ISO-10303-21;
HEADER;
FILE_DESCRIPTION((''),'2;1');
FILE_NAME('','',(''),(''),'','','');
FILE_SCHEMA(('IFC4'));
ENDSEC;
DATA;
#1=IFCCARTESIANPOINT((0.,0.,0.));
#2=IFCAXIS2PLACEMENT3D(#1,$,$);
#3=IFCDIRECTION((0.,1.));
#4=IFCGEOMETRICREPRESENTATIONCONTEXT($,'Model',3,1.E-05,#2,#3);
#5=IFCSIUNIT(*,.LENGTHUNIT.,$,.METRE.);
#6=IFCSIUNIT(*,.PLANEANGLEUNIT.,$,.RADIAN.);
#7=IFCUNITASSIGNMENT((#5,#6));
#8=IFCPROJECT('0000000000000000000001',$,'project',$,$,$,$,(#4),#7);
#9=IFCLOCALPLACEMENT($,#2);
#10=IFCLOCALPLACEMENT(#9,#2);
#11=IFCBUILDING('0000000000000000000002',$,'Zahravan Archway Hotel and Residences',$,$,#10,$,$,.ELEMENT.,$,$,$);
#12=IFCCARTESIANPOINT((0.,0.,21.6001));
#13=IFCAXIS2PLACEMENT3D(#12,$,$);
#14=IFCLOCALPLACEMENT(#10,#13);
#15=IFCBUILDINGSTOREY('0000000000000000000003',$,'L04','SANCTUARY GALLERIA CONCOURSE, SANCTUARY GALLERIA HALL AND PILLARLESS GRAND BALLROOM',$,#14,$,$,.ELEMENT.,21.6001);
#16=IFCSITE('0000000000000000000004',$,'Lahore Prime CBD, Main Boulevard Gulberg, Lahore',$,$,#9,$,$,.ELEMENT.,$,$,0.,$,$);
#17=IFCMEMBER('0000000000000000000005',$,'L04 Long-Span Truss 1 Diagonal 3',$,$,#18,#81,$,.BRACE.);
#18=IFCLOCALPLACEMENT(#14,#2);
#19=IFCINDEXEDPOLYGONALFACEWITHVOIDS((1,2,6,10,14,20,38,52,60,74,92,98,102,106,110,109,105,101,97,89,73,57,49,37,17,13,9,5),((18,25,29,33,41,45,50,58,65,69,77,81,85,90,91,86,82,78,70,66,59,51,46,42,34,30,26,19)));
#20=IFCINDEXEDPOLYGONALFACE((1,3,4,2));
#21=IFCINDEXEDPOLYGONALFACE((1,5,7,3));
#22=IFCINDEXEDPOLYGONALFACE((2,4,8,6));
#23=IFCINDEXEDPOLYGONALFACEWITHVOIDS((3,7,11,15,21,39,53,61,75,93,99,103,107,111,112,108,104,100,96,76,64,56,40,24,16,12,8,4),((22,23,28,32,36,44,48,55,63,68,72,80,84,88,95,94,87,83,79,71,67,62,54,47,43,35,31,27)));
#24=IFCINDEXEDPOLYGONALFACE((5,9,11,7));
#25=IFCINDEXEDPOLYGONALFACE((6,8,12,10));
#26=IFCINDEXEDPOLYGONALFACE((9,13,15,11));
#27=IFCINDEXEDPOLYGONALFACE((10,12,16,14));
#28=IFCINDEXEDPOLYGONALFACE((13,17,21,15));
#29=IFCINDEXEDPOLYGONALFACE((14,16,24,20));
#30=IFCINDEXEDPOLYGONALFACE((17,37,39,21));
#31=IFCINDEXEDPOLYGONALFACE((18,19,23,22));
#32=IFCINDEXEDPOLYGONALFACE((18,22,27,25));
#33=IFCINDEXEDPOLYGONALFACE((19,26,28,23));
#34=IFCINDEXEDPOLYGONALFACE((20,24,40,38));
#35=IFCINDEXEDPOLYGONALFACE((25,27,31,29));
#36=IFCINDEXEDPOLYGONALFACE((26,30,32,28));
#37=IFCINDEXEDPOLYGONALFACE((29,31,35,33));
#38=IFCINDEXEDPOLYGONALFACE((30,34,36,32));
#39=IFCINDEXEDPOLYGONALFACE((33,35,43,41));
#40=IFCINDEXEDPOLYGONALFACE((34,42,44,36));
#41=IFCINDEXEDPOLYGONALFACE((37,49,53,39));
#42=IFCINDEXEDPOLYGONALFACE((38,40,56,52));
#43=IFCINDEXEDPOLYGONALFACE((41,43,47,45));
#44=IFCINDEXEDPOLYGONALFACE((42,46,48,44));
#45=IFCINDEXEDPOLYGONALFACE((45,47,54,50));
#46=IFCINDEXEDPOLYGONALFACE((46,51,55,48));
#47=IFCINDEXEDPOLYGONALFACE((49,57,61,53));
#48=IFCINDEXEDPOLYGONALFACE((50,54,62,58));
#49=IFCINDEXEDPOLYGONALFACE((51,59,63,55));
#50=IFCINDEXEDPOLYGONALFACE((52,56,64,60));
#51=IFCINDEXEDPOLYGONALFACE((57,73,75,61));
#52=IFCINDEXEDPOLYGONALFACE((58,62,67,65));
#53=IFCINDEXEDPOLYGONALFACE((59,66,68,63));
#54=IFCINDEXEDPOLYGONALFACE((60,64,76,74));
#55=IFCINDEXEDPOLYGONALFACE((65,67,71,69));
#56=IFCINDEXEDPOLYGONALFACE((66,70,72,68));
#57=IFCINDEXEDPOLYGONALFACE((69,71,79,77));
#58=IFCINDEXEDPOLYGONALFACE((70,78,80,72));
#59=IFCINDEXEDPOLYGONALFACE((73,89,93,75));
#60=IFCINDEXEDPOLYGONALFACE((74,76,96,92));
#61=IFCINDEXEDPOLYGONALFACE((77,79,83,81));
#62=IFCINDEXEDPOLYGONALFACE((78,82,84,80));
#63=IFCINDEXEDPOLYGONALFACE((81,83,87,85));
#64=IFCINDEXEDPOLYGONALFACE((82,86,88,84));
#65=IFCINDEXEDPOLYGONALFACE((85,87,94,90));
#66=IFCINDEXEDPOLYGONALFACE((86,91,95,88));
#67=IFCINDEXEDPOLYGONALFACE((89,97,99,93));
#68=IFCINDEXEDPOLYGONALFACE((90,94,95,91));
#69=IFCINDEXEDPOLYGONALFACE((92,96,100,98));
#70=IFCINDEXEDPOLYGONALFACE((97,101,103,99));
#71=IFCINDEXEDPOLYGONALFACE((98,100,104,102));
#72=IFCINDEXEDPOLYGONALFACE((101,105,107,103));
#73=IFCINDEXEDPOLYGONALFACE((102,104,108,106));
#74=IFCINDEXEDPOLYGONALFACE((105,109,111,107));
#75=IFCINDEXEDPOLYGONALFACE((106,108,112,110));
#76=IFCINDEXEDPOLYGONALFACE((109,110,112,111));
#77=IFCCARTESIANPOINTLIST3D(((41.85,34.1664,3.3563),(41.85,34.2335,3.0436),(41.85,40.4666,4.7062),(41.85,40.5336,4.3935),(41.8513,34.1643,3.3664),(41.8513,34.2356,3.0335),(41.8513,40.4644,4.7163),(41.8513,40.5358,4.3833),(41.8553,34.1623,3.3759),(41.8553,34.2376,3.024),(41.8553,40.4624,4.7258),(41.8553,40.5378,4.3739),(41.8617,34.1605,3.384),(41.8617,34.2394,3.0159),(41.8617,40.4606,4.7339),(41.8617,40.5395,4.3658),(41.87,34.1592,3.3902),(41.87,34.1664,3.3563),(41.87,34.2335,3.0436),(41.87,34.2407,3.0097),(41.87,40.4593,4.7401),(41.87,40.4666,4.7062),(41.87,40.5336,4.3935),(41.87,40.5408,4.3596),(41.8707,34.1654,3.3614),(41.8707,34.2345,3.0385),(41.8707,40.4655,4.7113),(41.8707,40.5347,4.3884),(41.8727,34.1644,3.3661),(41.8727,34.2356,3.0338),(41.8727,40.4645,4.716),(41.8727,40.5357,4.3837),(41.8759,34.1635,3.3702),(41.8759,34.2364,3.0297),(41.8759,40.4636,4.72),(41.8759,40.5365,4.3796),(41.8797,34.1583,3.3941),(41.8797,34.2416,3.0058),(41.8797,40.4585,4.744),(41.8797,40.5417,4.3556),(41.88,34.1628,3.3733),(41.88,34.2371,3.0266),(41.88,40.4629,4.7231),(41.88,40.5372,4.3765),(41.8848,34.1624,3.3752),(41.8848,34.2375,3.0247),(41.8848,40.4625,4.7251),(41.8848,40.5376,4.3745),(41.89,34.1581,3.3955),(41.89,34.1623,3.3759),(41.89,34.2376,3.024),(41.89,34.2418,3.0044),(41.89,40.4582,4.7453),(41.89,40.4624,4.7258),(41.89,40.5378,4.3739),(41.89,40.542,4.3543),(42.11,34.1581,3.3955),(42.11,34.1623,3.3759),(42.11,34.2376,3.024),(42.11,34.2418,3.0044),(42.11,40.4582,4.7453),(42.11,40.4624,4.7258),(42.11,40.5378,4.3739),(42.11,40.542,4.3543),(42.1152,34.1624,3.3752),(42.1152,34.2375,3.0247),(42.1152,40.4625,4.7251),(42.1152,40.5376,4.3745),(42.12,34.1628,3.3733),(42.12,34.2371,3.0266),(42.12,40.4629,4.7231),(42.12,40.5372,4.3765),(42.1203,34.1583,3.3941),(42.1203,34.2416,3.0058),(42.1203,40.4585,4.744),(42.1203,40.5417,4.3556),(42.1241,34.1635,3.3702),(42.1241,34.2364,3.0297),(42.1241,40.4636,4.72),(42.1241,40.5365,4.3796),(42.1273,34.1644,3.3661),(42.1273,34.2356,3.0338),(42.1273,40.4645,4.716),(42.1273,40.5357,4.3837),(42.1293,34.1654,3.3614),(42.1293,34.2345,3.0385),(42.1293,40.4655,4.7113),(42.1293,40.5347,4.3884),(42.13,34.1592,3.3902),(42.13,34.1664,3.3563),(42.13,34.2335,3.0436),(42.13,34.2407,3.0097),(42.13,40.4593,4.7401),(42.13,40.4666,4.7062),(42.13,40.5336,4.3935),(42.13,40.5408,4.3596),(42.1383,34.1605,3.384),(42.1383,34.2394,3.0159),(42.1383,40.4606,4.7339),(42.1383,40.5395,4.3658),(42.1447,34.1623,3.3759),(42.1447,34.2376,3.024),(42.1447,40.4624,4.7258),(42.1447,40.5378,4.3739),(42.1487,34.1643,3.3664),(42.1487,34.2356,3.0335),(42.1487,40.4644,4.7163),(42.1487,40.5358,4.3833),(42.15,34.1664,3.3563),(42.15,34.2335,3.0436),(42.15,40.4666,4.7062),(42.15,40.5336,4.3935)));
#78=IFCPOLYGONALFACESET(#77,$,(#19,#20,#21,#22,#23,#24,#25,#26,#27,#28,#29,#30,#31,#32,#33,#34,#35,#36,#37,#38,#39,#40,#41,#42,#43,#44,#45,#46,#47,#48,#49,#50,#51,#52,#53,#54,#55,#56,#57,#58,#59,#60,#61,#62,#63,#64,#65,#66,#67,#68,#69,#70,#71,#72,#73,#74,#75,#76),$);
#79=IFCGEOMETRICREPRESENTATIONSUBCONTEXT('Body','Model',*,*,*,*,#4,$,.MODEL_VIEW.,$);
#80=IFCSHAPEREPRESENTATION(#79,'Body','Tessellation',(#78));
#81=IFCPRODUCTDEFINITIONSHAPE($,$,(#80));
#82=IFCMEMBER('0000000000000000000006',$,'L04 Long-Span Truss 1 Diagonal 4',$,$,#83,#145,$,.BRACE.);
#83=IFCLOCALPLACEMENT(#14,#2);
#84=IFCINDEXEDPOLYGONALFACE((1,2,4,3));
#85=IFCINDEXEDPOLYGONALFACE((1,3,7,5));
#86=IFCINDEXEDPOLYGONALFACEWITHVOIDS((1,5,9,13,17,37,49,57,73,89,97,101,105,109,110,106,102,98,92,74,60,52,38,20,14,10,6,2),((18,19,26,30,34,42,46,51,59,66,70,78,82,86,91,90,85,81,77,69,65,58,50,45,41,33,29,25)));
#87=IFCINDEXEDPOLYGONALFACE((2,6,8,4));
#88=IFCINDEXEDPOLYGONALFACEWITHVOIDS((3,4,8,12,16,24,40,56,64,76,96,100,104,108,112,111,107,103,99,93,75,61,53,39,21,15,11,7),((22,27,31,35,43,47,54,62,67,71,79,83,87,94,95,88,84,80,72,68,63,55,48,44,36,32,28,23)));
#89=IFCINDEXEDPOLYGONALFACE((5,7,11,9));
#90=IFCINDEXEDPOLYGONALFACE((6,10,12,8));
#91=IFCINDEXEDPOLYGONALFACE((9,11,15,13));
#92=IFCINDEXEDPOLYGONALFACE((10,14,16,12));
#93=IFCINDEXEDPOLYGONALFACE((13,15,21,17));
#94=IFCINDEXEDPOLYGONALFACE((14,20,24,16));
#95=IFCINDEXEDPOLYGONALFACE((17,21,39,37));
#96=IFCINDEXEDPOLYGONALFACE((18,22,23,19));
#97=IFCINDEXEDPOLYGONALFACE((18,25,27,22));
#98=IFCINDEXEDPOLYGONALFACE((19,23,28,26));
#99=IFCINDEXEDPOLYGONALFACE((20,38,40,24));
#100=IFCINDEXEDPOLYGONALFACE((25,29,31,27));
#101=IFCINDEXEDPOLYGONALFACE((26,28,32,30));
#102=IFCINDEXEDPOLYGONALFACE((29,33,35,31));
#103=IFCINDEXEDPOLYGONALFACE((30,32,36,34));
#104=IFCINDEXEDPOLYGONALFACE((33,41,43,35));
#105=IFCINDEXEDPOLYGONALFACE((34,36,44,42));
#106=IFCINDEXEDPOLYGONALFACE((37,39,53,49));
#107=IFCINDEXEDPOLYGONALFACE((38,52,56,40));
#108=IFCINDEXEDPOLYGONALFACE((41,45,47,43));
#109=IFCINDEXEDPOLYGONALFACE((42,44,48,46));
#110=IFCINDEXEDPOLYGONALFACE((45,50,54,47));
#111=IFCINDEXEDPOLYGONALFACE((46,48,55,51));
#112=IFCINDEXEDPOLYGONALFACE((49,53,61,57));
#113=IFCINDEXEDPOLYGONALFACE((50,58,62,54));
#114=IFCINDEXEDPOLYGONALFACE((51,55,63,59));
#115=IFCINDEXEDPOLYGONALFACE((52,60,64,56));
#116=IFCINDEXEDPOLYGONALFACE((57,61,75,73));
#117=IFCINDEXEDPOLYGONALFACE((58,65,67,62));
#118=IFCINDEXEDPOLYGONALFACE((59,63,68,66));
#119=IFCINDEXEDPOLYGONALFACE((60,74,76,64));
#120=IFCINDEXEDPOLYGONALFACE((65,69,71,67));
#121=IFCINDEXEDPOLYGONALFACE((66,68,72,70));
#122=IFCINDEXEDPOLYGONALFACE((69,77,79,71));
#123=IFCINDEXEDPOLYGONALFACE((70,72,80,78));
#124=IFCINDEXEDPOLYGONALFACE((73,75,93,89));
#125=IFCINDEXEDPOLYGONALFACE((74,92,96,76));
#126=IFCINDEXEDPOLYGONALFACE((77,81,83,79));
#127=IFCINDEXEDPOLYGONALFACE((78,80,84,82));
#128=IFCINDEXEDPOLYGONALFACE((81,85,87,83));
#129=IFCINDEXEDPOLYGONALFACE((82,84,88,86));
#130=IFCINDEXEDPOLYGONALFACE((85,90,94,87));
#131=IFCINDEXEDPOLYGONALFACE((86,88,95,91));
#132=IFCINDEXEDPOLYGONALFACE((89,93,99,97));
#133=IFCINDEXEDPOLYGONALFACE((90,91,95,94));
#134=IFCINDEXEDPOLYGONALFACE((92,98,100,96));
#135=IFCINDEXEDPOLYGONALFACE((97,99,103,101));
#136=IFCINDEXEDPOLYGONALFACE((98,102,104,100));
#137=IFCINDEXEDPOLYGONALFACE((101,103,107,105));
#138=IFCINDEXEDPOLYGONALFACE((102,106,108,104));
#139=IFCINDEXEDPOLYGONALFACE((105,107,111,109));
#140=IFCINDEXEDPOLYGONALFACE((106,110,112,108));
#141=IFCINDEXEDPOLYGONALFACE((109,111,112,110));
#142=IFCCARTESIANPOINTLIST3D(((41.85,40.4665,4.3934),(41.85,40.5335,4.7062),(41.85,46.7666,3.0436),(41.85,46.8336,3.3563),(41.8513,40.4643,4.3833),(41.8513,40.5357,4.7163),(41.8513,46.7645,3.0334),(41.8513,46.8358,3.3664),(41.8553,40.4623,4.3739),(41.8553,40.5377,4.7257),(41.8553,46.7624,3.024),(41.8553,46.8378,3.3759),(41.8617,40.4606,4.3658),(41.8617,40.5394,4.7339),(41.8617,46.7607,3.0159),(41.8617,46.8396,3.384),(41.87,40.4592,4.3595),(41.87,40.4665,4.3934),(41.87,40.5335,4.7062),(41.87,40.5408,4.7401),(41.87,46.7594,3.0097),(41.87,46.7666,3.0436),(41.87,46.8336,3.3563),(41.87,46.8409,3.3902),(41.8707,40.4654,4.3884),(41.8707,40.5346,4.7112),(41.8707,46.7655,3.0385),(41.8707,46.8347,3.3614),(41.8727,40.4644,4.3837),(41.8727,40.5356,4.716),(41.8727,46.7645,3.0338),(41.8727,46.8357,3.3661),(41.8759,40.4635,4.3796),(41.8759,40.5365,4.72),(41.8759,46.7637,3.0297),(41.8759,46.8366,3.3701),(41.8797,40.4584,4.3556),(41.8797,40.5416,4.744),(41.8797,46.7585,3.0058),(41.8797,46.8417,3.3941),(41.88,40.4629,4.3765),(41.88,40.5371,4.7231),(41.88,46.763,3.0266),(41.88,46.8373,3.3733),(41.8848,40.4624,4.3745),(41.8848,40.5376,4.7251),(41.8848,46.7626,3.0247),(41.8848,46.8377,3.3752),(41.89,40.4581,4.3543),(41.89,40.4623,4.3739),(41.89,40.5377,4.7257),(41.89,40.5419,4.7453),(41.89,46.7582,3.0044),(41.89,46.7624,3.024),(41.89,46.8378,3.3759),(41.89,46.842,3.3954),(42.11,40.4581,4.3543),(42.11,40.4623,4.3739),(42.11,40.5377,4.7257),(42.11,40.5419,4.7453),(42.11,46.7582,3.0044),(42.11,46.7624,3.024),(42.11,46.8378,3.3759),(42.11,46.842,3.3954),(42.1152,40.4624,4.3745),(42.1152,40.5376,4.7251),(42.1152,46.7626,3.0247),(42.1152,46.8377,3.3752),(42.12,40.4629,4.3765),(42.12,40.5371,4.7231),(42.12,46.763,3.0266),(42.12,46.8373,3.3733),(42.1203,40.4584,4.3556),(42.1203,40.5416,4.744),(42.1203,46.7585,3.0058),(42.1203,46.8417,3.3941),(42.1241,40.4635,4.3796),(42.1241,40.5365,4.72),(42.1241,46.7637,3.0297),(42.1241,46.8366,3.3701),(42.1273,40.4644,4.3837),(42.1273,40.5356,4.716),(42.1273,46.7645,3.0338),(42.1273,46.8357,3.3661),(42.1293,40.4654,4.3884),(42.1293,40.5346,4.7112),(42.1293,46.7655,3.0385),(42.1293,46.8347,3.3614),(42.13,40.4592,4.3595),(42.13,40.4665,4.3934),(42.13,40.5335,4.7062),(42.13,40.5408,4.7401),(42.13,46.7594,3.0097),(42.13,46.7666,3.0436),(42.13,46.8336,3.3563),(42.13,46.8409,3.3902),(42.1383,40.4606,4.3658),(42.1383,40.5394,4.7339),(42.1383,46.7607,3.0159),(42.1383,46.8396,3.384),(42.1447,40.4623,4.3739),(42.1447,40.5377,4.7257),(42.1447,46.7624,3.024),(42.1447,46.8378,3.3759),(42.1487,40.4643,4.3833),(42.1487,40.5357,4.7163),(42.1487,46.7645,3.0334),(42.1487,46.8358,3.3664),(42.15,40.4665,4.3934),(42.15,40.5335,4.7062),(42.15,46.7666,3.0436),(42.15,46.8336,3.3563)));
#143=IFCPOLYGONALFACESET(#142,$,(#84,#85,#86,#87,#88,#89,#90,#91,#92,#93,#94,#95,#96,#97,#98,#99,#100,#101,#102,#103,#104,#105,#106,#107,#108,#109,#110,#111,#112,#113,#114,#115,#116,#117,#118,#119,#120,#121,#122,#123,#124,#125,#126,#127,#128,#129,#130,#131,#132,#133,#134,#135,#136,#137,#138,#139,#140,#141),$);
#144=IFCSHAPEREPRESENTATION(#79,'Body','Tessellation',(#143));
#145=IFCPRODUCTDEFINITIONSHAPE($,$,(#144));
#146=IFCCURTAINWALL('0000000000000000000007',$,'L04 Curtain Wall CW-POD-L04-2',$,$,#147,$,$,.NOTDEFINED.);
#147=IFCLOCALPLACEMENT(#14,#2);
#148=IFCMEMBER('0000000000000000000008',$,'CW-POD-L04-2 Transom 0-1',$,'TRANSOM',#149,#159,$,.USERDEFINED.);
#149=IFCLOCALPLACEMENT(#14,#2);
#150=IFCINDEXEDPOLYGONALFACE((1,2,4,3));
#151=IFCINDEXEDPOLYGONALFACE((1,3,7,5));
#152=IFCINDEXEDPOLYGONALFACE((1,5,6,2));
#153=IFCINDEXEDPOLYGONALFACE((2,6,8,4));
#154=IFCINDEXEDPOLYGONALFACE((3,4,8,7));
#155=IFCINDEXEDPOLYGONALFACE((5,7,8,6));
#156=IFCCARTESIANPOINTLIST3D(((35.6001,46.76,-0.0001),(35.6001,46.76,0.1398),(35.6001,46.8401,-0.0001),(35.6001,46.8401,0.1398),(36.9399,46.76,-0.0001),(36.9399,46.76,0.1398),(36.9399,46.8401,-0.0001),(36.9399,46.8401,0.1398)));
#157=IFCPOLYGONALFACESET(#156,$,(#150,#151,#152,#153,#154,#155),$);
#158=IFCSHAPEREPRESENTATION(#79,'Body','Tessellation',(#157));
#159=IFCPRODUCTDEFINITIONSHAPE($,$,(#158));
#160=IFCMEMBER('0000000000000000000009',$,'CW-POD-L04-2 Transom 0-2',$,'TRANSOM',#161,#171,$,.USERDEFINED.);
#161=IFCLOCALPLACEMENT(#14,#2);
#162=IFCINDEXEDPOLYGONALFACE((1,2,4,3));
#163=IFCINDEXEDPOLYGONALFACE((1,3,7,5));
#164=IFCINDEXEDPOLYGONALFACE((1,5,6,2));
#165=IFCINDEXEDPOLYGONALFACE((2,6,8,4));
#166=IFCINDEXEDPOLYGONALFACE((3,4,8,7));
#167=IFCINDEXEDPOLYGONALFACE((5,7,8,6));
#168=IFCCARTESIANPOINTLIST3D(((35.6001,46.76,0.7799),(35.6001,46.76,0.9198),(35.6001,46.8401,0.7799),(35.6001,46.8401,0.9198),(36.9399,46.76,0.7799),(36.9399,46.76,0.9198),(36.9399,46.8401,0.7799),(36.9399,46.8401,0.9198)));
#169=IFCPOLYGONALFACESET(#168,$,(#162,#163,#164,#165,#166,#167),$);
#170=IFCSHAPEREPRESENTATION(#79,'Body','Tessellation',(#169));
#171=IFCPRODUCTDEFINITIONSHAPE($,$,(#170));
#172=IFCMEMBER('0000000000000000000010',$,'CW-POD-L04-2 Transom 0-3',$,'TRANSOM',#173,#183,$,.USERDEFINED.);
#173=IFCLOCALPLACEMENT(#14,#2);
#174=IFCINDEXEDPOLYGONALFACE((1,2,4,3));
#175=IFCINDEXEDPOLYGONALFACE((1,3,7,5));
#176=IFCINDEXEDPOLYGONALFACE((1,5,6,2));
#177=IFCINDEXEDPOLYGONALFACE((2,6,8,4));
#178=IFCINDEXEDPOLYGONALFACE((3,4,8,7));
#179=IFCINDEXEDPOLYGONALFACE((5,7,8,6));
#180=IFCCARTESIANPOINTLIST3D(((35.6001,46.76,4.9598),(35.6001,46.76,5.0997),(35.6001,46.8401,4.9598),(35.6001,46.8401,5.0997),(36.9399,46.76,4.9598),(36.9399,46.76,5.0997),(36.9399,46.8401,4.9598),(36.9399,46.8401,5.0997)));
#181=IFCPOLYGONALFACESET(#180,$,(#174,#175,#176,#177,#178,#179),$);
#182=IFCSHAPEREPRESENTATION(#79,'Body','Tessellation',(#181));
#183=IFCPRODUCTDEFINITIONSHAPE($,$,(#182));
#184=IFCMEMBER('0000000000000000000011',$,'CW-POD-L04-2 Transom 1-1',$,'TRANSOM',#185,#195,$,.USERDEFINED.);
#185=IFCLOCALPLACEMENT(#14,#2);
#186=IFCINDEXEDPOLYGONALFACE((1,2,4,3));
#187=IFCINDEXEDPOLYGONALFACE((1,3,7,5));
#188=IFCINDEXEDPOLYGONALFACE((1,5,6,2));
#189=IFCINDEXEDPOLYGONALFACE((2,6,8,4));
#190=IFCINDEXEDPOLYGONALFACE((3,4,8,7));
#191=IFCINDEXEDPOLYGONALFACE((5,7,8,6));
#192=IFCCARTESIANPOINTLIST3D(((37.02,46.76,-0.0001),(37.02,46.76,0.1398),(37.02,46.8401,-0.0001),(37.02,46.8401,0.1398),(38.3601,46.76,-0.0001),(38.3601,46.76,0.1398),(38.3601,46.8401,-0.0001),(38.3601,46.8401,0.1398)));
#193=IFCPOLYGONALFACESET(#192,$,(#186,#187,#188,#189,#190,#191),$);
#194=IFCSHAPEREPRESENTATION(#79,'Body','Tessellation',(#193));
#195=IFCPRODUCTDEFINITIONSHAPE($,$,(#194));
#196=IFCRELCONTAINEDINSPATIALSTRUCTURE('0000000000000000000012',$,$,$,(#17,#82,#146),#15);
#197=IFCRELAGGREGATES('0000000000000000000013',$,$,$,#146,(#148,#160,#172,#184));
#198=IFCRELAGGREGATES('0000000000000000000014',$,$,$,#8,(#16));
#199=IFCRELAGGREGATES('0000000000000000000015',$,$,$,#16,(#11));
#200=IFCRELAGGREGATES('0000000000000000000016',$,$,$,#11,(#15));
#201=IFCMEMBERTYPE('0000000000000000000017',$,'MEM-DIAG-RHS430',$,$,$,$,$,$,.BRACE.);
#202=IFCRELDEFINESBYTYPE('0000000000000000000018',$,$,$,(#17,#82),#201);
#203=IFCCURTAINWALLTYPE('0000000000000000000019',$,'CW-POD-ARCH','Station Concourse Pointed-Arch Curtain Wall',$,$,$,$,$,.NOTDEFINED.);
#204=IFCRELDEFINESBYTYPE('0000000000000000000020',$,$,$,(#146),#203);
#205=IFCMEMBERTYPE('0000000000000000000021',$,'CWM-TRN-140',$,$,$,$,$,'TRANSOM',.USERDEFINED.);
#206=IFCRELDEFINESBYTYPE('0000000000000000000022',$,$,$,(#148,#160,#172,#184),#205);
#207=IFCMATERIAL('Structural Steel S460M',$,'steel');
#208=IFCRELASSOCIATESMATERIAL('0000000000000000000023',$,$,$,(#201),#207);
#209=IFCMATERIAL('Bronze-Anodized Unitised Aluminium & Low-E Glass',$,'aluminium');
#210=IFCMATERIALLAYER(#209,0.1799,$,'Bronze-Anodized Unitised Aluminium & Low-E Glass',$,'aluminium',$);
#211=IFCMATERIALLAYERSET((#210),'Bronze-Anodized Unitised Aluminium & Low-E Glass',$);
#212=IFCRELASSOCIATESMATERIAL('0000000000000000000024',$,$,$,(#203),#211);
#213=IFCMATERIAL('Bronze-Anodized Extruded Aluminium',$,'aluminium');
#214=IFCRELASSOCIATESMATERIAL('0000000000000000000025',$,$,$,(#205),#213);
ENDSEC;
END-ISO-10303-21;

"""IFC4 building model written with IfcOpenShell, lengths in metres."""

from ifc_helpers import new_model, si_unit, direction, frame, origin, origin_2d, place, context, subcontext, project, spatial, rectangle, hollow_rectangle, extrude, source, transform, mapped, material, layer, layer_set, material_profile, profile_set, type_object, element, aggregate, save


model = new_model("IFC4")

# Units and contexts
model_context = context("Model", 3, precision=1e-05, world=origin(), true_north=direction((0.0, 1.0)))
body_context = subcontext(model_context, "Body", "Model", "MODEL_VIEW")
ifc_project = project(units=[si_unit("LENGTHUNIT", "METRE"), si_unit("PLANEANGLEUNIT", "RADIAN")], contexts=[model_context])

# Site, building, storey
site_placement = place(None, origin())
site = spatial("IfcSite", under=ifc_project, at=site_placement, Name="Lahore Prime CBD, Main Boulevard Gulberg, Lahore", CompositionType="ELEMENT", RefElevation=0.0)
building_placement = place(site_placement, origin())
building = spatial("IfcBuilding", under=site, at=building_placement, Name="Zahravan Archway Hotel and Residences", CompositionType="ELEMENT")
storey_placement = place(building_placement, frame((0.0, 0.0, 21.6001)))
storey = spatial("IfcBuildingStorey", under=building, at=storey_placement, Name="L04", Description="SANCTUARY GALLERIA CONCOURSE, SANCTUARY GALLERIA HALL AND PILLARLESS GRAND BALLROOM", CompositionType="ELEMENT", Elevation=21.6001)

# Members
ifc_material_1 = material(Name="Structural Steel S460M", Category="steel")
ifc_material_profile_1 = material_profile(ifc_material_1, hollow_rectangle(XDim=0.3, YDim=0.3999, WallThickness=0.02, InnerFilletRadius=0.02, OuterFilletRadius=0.04, at=origin_2d()), Name="RHS 400x300x20", Category="steel")
ifc_profile_set_1 = profile_set([ifc_material_profile_1], Name="Structural Steel S460M")
member_type_1 = type_object("IfcMemberType", Name="MEM-DIAG-RHS430", PredefinedType="BRACE", material=ifc_profile_set_1)
shared_shape_1 = source(origin(), body_context, "Body", "SweptSolid", [
    extrude(hollow_rectangle(XDim=0.3, YDim=0.3999, WallThickness=0.02, InnerFilletRadius=0.02, OuterFilletRadius=0.04, at=origin_2d()), origin(), (0.0, 0.0, 1.0), 6.4431),
])
for number, where, z_axis, x_axis, name in (
    (1, (42.0, 34.2, 3.2), (0.0, 0.977807, 0.209506), (-1.0, 0.0, 0.0), "L04 Long-Span Truss 1 Diagonal 3"),
    (2, (42.0, 40.5, 4.5498), (0.0, 0.977807, -0.209506), (-1.0, 0.0, 0.0), "L04 Long-Span Truss 1 Diagonal 4"),
):
    element("IfcMember", number, at=place(storey_placement, frame(where, z_axis=z_axis, x_axis=x_axis)), inside=storey, type_object=member_type_1, Name=name, PredefinedType="BRACE", context=body_context, shape_type="MappedRepresentation", body=[
        mapped(shared_shape_1, transform((0.0, 0.0, 0.0), scale=1.0)),
    ])

# Curtain wall, members
ifc_material_2 = material(Name="Bronze-Anodized Unitised Aluminium & Low-E Glass", Category="aluminium")
ifc_layer_1 = layer(ifc_material_2, 0.1799, Name="Bronze-Anodized Unitised Aluminium & Low-E Glass", Category="aluminium")
ifc_layer_set_1 = layer_set([ifc_layer_1], Name="Bronze-Anodized Unitised Aluminium & Low-E Glass")
curtain_wall_type = type_object("IfcCurtainWallType", Name="CW-POD-ARCH", Description="Station Concourse Pointed-Arch Curtain Wall", PredefinedType="NOTDEFINED", material=ifc_layer_set_1)
curtain_wall_placement = place(storey_placement, origin())
curtain_wall = element("IfcCurtainWall", 3, at=curtain_wall_placement, inside=storey, type_object=curtain_wall_type, Name="L04 Curtain Wall CW-POD-L04-2", PredefinedType="NOTDEFINED")
ifc_material_3 = material(Name="Bronze-Anodized Extruded Aluminium", Category="aluminium")
ifc_material_profile_2 = material_profile(ifc_material_3, rectangle(XDim=0.0801, YDim=0.1399, at=origin_2d()), Name="TRN 80x140", Category="aluminium")
ifc_profile_set_2 = profile_set([ifc_material_profile_2], Name="Bronze-Anodized Extruded Aluminium")
member_type_2 = type_object("IfcMemberType", Name="CWM-TRN-140", ElementType="TRANSOM", PredefinedType="USERDEFINED", material=ifc_profile_set_2)
shared_shape_2 = source(origin(), body_context, "Body", "SweptSolid", [
    extrude(rectangle(XDim=0.0801, YDim=0.1399, at=origin_2d()), origin(), (0.0, 0.0, 1.0), 1.3398),
])
member_1_placement = place(storey_placement, frame((35.6001, 46.8, 0.0698), z_axis=(1.0, 0.0, 0.0), x_axis=(0.0, 1.0, 0.0)))
member_1 = element("IfcMember", 4, at=member_1_placement, type_object=member_type_2, Name="CW-POD-L04-2 Transom 0-1", ObjectType="TRANSOM", PredefinedType="USERDEFINED", context=body_context, shape_type="MappedRepresentation", body=[
    mapped(shared_shape_2, transform((0.0, 0.0, 0.0), scale=1.0)),
])
member_2_placement = place(storey_placement, frame((35.6001, 46.8, 0.8499), z_axis=(1.0, 0.0, 0.0), x_axis=(0.0, 1.0, 0.0)))
member_2 = element("IfcMember", 5, at=member_2_placement, type_object=member_type_2, Name="CW-POD-L04-2 Transom 0-2", ObjectType="TRANSOM", PredefinedType="USERDEFINED", context=body_context, shape_type="MappedRepresentation", body=[
    mapped(shared_shape_2, transform((0.0, 0.0, 0.0), scale=1.0)),
])
member_3_placement = place(storey_placement, frame((35.6001, 46.8, 5.0298), z_axis=(1.0, 0.0, 0.0), x_axis=(0.0, 1.0, 0.0)))
member_3 = element("IfcMember", 6, at=member_3_placement, type_object=member_type_2, Name="CW-POD-L04-2 Transom 0-3", ObjectType="TRANSOM", PredefinedType="USERDEFINED", context=body_context, shape_type="MappedRepresentation", body=[
    mapped(shared_shape_2, transform((0.0, 0.0, 0.0), scale=1.0)),
])
shared_shape_3 = source(origin(), body_context, "Body", "SweptSolid", [
    extrude(rectangle(XDim=0.0801, YDim=0.1399, at=origin_2d()), origin(), (0.0, 0.0, 1.0), 1.3401),
])
member_4_placement = place(storey_placement, frame((37.02, 46.8, 0.0698), z_axis=(1.0, 0.0, 0.0), x_axis=(0.0, 1.0, 0.0)))
member_4 = element("IfcMember", 7, at=member_4_placement, type_object=member_type_2, Name="CW-POD-L04-2 Transom 1-1", ObjectType="TRANSOM", PredefinedType="USERDEFINED", context=body_context, shape_type="MappedRepresentation", body=[
    mapped(shared_shape_3, transform((0.0, 0.0, 0.0), scale=1.0)),
])

aggregate(curtain_wall, [member_1, member_2, member_3, member_4])

save(model, "model.ifc")
